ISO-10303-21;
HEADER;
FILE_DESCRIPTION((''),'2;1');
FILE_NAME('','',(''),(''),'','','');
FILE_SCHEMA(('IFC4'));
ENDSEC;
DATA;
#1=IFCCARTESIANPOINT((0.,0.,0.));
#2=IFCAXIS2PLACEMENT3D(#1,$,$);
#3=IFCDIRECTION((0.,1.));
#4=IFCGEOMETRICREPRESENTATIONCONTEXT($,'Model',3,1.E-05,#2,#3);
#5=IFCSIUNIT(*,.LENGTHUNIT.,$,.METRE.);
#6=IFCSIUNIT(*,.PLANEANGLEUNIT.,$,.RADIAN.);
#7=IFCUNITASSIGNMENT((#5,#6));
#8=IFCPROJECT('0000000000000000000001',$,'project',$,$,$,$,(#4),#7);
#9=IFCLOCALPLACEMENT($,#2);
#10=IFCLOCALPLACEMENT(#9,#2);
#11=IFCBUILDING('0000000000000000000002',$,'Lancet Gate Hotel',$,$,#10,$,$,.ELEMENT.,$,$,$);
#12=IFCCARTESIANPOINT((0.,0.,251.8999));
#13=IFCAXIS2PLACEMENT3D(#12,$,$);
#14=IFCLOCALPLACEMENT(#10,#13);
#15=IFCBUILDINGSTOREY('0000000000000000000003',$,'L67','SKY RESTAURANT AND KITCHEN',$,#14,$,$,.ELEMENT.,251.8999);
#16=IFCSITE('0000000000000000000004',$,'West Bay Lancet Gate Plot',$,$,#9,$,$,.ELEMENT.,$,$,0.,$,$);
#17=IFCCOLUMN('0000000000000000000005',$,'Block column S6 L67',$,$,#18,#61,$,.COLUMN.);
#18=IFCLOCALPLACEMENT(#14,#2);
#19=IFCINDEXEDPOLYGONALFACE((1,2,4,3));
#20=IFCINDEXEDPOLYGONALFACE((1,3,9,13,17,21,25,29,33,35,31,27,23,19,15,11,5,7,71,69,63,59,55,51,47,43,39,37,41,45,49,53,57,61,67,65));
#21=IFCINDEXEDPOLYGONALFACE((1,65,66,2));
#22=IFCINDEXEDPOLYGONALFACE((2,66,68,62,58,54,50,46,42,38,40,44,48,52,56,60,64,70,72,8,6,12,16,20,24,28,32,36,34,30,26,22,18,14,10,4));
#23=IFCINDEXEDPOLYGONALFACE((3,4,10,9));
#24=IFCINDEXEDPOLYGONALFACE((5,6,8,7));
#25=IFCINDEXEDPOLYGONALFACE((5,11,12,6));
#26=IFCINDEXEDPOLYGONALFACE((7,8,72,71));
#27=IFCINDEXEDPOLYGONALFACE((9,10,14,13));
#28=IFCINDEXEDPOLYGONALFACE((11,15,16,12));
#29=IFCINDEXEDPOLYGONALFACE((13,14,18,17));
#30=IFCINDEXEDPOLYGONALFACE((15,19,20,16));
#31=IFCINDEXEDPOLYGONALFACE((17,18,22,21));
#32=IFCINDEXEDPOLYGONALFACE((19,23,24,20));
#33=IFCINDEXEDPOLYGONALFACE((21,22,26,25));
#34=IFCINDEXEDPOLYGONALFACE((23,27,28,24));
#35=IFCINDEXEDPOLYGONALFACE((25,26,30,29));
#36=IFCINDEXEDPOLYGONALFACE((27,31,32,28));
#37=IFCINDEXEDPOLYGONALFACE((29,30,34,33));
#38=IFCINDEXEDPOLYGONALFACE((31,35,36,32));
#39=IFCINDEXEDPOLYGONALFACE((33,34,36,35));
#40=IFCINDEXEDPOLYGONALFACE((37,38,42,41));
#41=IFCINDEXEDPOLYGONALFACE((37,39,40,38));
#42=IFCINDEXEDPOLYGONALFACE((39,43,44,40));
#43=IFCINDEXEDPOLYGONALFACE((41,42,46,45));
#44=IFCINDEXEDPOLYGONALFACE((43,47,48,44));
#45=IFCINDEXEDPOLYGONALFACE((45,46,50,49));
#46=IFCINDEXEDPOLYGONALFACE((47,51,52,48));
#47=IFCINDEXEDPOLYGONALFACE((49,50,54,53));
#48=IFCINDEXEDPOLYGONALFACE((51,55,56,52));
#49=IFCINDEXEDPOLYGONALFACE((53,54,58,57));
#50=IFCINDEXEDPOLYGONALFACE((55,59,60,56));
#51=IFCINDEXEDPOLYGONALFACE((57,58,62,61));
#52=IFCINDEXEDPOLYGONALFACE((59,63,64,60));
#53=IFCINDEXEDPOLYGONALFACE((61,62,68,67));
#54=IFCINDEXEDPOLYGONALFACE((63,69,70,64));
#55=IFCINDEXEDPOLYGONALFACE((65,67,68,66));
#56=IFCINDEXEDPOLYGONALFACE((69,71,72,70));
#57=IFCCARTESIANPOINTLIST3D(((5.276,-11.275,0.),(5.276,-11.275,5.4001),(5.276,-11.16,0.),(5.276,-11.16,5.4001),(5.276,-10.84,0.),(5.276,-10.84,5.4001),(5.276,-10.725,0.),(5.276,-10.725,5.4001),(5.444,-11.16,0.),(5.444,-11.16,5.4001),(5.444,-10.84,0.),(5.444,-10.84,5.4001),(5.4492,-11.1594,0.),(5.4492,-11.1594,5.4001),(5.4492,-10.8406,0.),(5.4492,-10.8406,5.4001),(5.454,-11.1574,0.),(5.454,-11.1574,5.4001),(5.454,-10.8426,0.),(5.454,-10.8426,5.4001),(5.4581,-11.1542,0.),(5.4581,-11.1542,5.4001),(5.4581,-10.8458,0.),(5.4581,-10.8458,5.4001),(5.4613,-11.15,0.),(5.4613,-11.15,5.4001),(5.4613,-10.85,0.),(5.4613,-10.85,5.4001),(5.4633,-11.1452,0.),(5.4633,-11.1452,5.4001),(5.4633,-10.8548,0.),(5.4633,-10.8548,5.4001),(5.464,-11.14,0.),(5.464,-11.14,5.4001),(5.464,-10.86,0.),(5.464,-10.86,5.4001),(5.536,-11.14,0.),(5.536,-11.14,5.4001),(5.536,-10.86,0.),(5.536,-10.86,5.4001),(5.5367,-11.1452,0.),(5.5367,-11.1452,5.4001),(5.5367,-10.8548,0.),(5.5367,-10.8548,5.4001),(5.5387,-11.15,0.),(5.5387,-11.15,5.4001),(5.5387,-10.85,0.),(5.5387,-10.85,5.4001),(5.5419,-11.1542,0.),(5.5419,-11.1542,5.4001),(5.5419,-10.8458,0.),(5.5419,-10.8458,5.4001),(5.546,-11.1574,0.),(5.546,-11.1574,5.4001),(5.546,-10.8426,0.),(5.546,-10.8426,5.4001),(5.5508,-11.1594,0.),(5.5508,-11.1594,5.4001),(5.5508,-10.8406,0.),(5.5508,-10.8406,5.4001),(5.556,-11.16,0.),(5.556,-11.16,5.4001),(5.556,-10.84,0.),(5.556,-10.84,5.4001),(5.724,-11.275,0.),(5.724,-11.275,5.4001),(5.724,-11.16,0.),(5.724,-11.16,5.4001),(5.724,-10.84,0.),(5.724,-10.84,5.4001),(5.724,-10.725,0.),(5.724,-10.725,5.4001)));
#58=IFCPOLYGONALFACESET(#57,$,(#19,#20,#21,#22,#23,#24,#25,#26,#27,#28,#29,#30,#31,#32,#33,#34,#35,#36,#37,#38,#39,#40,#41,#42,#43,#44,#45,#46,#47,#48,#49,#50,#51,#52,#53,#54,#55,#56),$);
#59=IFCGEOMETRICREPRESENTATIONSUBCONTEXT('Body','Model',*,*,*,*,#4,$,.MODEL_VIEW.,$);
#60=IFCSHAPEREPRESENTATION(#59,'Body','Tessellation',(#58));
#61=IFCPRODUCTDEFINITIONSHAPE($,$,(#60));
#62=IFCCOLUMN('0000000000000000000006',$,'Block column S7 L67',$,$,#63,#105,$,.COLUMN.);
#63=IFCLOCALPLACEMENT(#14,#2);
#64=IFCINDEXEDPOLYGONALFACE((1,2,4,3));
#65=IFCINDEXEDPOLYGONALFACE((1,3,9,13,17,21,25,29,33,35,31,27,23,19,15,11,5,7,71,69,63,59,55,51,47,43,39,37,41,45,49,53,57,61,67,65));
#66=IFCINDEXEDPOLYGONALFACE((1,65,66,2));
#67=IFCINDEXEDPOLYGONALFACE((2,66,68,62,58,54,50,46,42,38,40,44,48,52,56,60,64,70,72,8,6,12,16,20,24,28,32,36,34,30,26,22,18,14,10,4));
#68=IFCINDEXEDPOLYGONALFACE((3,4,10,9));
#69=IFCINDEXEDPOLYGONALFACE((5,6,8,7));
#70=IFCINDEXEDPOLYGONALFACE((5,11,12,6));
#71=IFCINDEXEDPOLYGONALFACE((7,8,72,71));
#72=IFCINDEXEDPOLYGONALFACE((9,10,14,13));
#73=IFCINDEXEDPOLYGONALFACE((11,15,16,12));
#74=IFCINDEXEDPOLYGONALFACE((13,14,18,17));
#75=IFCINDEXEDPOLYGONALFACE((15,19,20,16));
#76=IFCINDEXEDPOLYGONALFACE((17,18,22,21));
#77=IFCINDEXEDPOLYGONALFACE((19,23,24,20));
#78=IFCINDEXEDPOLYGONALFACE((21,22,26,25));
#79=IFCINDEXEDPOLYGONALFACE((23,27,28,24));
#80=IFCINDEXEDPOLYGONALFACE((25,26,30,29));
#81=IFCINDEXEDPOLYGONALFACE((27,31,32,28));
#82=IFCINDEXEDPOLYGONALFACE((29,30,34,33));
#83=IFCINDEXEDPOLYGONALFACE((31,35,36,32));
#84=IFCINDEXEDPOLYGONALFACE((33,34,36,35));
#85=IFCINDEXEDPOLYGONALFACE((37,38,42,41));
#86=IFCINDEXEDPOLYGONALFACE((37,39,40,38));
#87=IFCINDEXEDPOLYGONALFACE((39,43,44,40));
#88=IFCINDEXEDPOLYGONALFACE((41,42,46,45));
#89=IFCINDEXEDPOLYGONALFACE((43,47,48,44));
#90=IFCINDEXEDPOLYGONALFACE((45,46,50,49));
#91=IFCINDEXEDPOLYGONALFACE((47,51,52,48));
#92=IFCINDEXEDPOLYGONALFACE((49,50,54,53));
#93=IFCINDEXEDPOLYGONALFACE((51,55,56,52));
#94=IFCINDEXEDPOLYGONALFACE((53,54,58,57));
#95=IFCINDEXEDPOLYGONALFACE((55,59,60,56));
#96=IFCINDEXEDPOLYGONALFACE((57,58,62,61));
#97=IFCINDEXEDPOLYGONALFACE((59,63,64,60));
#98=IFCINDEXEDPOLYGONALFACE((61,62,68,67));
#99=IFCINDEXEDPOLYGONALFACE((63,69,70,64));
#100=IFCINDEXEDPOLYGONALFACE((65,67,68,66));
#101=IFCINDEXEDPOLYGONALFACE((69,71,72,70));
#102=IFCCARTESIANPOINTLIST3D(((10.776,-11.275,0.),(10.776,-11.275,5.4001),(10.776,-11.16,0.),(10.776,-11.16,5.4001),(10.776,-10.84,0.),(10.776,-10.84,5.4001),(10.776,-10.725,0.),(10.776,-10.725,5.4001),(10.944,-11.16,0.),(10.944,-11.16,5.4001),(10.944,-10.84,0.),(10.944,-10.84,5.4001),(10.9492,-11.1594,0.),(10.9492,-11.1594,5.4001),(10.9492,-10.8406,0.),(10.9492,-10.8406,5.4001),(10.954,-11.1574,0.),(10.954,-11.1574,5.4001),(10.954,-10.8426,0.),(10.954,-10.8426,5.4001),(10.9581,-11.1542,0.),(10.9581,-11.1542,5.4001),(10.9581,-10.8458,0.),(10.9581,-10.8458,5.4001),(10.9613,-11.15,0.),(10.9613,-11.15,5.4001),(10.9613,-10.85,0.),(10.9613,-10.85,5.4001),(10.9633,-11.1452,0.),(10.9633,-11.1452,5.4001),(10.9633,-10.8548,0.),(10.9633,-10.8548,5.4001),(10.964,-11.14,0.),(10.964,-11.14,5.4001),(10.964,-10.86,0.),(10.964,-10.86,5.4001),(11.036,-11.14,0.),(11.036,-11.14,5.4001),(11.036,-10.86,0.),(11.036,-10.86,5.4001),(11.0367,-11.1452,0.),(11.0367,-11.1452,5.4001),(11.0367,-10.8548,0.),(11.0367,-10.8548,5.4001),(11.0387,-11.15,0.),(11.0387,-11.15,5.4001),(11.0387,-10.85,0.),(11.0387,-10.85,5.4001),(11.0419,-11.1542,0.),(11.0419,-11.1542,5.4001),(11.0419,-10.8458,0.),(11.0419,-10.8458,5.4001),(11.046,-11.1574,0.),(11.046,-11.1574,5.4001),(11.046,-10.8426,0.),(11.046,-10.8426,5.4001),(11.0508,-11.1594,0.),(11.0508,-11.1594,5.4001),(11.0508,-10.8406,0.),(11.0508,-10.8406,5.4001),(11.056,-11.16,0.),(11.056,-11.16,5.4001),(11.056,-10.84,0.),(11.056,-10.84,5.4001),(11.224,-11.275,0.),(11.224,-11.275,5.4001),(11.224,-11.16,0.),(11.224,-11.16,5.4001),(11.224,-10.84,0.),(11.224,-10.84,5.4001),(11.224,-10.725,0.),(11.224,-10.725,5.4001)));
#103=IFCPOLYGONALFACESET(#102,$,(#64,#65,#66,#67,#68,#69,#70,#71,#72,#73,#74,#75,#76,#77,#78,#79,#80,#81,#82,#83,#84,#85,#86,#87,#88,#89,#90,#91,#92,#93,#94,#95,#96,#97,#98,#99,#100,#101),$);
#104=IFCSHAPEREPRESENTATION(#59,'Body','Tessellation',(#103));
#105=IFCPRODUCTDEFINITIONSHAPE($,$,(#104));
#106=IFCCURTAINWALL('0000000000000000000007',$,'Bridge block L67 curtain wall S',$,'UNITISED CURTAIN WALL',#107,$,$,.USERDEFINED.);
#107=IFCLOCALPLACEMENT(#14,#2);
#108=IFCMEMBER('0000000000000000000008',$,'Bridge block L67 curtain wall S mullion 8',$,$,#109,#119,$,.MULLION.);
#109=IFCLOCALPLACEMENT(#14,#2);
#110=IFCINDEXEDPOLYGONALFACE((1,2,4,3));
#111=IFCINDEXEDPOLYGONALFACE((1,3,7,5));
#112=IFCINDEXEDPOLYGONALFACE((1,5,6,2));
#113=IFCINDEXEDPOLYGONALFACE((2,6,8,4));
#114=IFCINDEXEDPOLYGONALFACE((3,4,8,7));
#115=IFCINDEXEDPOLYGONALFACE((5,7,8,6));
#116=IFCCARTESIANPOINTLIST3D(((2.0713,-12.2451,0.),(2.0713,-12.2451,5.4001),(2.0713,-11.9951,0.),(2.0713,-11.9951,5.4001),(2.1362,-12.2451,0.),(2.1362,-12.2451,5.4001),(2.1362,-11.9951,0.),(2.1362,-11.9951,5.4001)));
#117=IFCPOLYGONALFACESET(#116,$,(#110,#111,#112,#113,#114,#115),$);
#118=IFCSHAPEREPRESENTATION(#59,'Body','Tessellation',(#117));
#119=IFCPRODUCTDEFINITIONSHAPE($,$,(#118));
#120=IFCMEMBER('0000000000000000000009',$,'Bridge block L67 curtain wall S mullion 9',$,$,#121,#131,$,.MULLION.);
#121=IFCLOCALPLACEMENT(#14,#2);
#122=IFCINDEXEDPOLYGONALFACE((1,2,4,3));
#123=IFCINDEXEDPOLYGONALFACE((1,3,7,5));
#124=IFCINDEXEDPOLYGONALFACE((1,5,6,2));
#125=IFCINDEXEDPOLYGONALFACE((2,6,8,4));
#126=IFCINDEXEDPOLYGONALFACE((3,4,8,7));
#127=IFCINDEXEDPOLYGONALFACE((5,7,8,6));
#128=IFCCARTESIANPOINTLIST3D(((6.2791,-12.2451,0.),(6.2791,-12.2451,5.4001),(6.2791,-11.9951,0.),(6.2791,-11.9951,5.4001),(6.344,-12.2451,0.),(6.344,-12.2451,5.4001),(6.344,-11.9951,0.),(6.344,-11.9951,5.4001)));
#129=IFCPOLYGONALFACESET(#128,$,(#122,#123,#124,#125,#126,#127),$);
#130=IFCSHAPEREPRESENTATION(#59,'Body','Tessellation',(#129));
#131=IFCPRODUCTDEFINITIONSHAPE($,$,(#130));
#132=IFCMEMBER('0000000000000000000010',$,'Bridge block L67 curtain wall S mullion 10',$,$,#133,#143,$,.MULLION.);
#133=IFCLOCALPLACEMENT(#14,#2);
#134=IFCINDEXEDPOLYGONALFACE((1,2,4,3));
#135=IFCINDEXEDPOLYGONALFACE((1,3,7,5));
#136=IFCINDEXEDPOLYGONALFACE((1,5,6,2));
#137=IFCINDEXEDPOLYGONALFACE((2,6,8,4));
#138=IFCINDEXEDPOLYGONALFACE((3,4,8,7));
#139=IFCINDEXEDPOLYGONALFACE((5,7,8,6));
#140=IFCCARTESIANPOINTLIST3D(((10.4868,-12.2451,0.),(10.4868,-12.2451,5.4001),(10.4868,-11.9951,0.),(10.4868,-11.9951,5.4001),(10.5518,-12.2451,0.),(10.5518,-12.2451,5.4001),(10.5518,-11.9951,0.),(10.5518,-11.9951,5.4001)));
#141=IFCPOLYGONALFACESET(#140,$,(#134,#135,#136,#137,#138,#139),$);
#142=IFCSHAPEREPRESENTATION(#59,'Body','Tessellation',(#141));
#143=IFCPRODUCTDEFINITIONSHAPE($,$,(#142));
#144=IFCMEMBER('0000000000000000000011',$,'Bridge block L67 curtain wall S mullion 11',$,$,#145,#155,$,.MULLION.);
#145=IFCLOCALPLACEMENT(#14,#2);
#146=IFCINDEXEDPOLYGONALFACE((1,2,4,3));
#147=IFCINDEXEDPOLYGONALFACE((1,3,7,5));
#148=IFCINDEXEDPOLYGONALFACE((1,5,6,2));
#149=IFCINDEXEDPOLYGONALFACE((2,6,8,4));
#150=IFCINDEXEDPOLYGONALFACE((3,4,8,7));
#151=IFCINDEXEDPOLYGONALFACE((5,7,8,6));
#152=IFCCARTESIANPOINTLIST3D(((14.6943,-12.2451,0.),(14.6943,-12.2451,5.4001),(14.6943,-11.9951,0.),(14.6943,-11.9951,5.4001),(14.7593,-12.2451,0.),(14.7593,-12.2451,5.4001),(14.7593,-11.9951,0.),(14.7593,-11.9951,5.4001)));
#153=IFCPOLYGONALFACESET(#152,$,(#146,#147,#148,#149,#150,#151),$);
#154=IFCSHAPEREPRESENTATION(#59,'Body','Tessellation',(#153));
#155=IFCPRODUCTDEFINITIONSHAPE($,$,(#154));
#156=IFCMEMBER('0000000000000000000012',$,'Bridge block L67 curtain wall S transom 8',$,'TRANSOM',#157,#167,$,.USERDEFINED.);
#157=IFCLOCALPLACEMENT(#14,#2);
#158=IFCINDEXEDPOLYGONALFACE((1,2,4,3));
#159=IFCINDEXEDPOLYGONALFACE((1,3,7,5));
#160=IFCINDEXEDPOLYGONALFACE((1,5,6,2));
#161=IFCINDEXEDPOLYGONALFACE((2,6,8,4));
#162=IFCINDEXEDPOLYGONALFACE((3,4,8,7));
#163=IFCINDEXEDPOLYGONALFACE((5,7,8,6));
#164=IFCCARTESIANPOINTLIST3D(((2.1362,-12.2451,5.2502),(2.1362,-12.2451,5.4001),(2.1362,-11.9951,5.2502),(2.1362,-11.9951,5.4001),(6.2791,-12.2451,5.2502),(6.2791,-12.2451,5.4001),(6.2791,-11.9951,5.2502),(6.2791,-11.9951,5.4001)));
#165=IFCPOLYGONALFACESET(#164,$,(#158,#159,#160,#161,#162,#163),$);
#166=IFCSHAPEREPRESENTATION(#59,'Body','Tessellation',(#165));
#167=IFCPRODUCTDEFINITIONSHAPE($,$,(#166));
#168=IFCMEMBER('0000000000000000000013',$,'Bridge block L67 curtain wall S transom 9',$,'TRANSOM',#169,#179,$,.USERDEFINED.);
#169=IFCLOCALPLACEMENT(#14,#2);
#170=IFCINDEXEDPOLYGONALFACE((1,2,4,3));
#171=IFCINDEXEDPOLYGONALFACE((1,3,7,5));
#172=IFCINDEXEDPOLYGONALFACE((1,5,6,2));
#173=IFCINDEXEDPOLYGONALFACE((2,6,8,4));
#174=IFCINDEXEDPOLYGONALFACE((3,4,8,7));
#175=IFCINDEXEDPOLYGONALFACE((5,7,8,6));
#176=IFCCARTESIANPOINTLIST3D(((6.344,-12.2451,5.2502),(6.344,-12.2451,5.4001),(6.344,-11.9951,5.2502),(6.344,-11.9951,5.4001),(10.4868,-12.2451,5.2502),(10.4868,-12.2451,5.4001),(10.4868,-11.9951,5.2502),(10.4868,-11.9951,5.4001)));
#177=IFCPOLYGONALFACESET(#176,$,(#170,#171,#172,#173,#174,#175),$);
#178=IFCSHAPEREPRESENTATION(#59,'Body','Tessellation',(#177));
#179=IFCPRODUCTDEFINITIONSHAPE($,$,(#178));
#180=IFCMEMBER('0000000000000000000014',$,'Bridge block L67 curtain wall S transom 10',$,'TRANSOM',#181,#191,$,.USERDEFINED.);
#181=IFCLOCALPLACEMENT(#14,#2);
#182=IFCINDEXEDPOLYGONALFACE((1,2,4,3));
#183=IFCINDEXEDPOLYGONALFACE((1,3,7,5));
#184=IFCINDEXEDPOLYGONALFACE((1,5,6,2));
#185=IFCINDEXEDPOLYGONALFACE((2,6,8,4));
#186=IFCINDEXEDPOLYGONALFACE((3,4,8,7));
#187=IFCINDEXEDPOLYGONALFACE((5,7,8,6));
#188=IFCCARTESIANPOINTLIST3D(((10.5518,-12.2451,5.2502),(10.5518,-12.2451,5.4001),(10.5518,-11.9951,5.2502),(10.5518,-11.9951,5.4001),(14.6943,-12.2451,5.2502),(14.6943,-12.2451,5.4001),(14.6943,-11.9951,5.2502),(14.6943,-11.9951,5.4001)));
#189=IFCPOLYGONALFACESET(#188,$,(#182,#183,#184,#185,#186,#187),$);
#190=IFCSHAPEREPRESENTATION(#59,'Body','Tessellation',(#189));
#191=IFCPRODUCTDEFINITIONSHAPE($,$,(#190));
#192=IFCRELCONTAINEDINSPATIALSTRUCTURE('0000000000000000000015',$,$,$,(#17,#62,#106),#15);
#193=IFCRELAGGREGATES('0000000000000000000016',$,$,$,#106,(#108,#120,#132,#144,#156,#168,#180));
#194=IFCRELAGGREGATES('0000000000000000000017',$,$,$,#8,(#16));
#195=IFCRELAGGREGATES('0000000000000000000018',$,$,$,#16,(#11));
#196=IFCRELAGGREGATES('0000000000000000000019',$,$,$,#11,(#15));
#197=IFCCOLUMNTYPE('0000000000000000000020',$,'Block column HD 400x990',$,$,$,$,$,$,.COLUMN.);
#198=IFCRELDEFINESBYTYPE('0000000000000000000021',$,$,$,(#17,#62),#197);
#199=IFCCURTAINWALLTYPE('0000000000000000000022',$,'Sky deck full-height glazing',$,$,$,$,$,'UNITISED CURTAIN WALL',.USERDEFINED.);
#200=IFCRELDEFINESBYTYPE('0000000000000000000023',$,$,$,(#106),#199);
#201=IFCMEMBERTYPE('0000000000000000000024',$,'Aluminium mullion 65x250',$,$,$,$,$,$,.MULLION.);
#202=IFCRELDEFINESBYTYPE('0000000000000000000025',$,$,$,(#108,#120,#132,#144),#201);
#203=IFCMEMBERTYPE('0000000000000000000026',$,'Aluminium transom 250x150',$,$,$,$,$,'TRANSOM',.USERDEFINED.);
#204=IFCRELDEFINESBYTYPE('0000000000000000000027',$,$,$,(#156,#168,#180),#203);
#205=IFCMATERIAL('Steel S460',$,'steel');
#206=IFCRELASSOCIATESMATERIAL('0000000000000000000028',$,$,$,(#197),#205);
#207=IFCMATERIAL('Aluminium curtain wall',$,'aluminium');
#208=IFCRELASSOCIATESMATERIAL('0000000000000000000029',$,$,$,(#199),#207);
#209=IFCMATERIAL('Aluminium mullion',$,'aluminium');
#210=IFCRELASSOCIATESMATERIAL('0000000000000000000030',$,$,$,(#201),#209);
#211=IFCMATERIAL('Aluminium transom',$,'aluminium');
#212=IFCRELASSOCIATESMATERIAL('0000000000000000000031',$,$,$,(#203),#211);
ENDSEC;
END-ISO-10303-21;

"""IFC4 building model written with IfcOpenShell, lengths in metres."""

from ifc_helpers import new_model, si_unit, direction, frame, origin, origin_2d, place, context, subcontext, project, spatial, rectangle, i_section, extrude, material, material_profile, profile_set, type_object, element, aggregate, save


model = new_model("IFC4")

# Units and contexts
model_context = context("Model", 3, precision=1e-05, world=origin(), true_north=direction((0.0, 1.0)))
body_context = subcontext(model_context, "Body", "Model", "MODEL_VIEW")
ifc_project = project(units=[si_unit("LENGTHUNIT", "METRE"), si_unit("PLANEANGLEUNIT", "RADIAN")], contexts=[model_context])

# Site, building, storey
site_placement = place(None, origin())
site = spatial("IfcSite", under=ifc_project, at=site_placement, Name="West Bay Lancet Gate Plot", CompositionType="ELEMENT", RefElevation=0.0)
building_placement = place(site_placement, origin())
building = spatial("IfcBuilding", under=site, at=building_placement, Name="Lancet Gate Hotel", CompositionType="ELEMENT")
storey_placement = place(building_placement, frame((0.0, 0.0, 251.8999)))
storey = spatial("IfcBuildingStorey", under=building, at=storey_placement, Name="L67", Description="SKY RESTAURANT AND KITCHEN", CompositionType="ELEMENT", Elevation=251.8999)

# Columns
ifc_material_1 = material(Name="Steel S460", Category="steel")
ifc_material_profile_1 = material_profile(ifc_material_1, i_section(OverallWidth=0.448, OverallDepth=0.55, WebThickness=0.072, FlangeThickness=0.115, FilletRadius=0.02, at=origin_2d()), Name="HD 400x990")
ifc_profile_set_1 = profile_set([ifc_material_profile_1], Name="Steel S460")
column_type = type_object("IfcColumnType", Name="Block column HD 400x990", PredefinedType="COLUMN", material=ifc_profile_set_1)
for number, where, z_axis, x_axis, name in (
    (1, (5.5, -11.0, 0.0), (0.0, 0.0, 1.0), (1.0, 0.0, 0.0), "Block column S6 L67"),
    (2, (11.0, -11.0, 0.0), (0.0, 0.0, 1.0), (1.0, 0.0, 0.0), "Block column S7 L67"),
):
    element("IfcColumn", number, at=place(storey_placement, frame(where, z_axis=z_axis, x_axis=x_axis)), inside=storey, type_object=column_type, Name=name, PredefinedType="COLUMN", context=body_context, shape_type="SweptSolid", body=[
        extrude(i_section(OverallWidth=0.448, OverallDepth=0.55, WebThickness=0.072, FlangeThickness=0.115, FilletRadius=0.02, at=origin_2d()), origin(), (0.0, 0.0, 1.0), 5.4001),
    ])

# Curtain wall, members
ifc_material_2 = material(Name="Aluminium curtain wall", Category="aluminium")
curtain_wall_type = type_object("IfcCurtainWallType", Name="Sky deck full-height glazing", ElementType="UNITISED CURTAIN WALL", PredefinedType="USERDEFINED", material=ifc_material_2)
curtain_wall_placement = place(storey_placement, origin())
curtain_wall = element("IfcCurtainWall", 3, at=curtain_wall_placement, inside=storey, type_object=curtain_wall_type, Name="Bridge block L67 curtain wall S", ObjectType="UNITISED CURTAIN WALL", PredefinedType="USERDEFINED")
ifc_material_3 = material(Name="Aluminium mullion", Category="aluminium")
ifc_material_profile_2 = material_profile(ifc_material_3, rectangle(XDim=0.0649, YDim=0.25, at=origin_2d()), Name="MULLION 65x250")
ifc_profile_set_2 = profile_set([ifc_material_profile_2], Name="Aluminium mullion")
member_type_1 = type_object("IfcMemberType", Name="Aluminium mullion 65x250", PredefinedType="MULLION", material=ifc_profile_set_2)
member_1_placement = place(storey_placement, frame((2.1038, -12.1201, 0.0), z_axis=(0.0, 0.0, 1.0), x_axis=(1.0, 0.0, 0.0)))
member_1 = element("IfcMember", 4, at=member_1_placement, type_object=member_type_1, Name="Bridge block L67 curtain wall S mullion 8", PredefinedType="MULLION", context=body_context, shape_type="SweptSolid", body=[
    extrude(rectangle(XDim=0.0649, YDim=0.25, at=origin_2d()), origin(), (0.0, 0.0, 1.0), 5.4001),
])
member_2_placement = place(storey_placement, frame((6.3115, -12.1201, 0.0), z_axis=(0.0, 0.0, 1.0), x_axis=(1.0, 0.0, 0.0)))
member_2 = element("IfcMember", 5, at=member_2_placement, type_object=member_type_1, Name="Bridge block L67 curtain wall S mullion 9", PredefinedType="MULLION", context=body_context, shape_type="SweptSolid", body=[
    extrude(rectangle(XDim=0.0649, YDim=0.25, at=origin_2d()), origin(), (0.0, 0.0, 1.0), 5.4001),
])
member_3_placement = place(storey_placement, frame((10.5193, -12.1201, 0.0), z_axis=(0.0, 0.0, 1.0), x_axis=(1.0, 0.0, 0.0)))
member_3 = element("IfcMember", 6, at=member_3_placement, type_object=member_type_1, Name="Bridge block L67 curtain wall S mullion 10", PredefinedType="MULLION", context=body_context, shape_type="SweptSolid", body=[
    extrude(rectangle(XDim=0.0649, YDim=0.25, at=origin_2d()), origin(), (0.0, 0.0, 1.0), 5.4001),
])
member_4_placement = place(storey_placement, frame((14.7268, -12.1201, 0.0), z_axis=(0.0, 0.0, 1.0), x_axis=(1.0, 0.0, 0.0)))
member_4 = element("IfcMember", 7, at=member_4_placement, type_object=member_type_1, Name="Bridge block L67 curtain wall S mullion 11", PredefinedType="MULLION", context=body_context, shape_type="SweptSolid", body=[
    extrude(rectangle(XDim=0.0649, YDim=0.25, at=origin_2d()), origin(), (0.0, 0.0, 1.0), 5.4001),
])
ifc_material_4 = material(Name="Aluminium transom", Category="aluminium")
ifc_material_profile_3 = material_profile(ifc_material_4, rectangle(XDim=0.25, YDim=0.1499, at=origin_2d()), Name="TRANSOM 250x150")
ifc_profile_set_3 = profile_set([ifc_material_profile_3], Name="Aluminium transom")
member_type_2 = type_object("IfcMemberType", Name="Aluminium transom 250x150", ElementType="TRANSOM", PredefinedType="USERDEFINED", material=ifc_profile_set_3)
member_5_placement = place(storey_placement, frame((2.1362, -12.1201, 5.3252), z_axis=(1.0, 0.0, 0.0), x_axis=(0.0, 1.0, 0.0)))
member_5 = element("IfcMember", 8, at=member_5_placement, type_object=member_type_2, Name="Bridge block L67 curtain wall S transom 8", ObjectType="TRANSOM", PredefinedType="USERDEFINED", context=body_context, shape_type="SweptSolid", body=[
    extrude(rectangle(XDim=0.25, YDim=0.1499, at=origin_2d()), origin(), (0.0, 0.0, 1.0), 4.1428),
])
member_6_placement = place(storey_placement, frame((6.344, -12.1201, 5.3252), z_axis=(1.0, 0.0, 0.0), x_axis=(0.0, 1.0, 0.0)))
member_6 = element("IfcMember", 9, at=member_6_placement, type_object=member_type_2, Name="Bridge block L67 curtain wall S transom 9", ObjectType="TRANSOM", PredefinedType="USERDEFINED", context=body_context, shape_type="SweptSolid", body=[
    extrude(rectangle(XDim=0.25, YDim=0.1499, at=origin_2d()), origin(), (0.0, 0.0, 1.0), 4.1428),
])
member_7_placement = place(storey_placement, frame((10.5518, -12.1201, 5.3252), z_axis=(1.0, 0.0, 0.0), x_axis=(0.0, 1.0, 0.0)))
member_7 = element("IfcMember", 10, at=member_7_placement, type_object=member_type_2, Name="Bridge block L67 curtain wall S transom 10", ObjectType="TRANSOM", PredefinedType="USERDEFINED", context=body_context, shape_type="SweptSolid", body=[
    extrude(rectangle(XDim=0.25, YDim=0.1499, at=origin_2d()), origin(), (0.0, 0.0, 1.0), 4.1426),
])

aggregate(curtain_wall, [member_1, member_2, member_3, member_4, member_5, member_6, member_7])

save(model, "model.ifc")
